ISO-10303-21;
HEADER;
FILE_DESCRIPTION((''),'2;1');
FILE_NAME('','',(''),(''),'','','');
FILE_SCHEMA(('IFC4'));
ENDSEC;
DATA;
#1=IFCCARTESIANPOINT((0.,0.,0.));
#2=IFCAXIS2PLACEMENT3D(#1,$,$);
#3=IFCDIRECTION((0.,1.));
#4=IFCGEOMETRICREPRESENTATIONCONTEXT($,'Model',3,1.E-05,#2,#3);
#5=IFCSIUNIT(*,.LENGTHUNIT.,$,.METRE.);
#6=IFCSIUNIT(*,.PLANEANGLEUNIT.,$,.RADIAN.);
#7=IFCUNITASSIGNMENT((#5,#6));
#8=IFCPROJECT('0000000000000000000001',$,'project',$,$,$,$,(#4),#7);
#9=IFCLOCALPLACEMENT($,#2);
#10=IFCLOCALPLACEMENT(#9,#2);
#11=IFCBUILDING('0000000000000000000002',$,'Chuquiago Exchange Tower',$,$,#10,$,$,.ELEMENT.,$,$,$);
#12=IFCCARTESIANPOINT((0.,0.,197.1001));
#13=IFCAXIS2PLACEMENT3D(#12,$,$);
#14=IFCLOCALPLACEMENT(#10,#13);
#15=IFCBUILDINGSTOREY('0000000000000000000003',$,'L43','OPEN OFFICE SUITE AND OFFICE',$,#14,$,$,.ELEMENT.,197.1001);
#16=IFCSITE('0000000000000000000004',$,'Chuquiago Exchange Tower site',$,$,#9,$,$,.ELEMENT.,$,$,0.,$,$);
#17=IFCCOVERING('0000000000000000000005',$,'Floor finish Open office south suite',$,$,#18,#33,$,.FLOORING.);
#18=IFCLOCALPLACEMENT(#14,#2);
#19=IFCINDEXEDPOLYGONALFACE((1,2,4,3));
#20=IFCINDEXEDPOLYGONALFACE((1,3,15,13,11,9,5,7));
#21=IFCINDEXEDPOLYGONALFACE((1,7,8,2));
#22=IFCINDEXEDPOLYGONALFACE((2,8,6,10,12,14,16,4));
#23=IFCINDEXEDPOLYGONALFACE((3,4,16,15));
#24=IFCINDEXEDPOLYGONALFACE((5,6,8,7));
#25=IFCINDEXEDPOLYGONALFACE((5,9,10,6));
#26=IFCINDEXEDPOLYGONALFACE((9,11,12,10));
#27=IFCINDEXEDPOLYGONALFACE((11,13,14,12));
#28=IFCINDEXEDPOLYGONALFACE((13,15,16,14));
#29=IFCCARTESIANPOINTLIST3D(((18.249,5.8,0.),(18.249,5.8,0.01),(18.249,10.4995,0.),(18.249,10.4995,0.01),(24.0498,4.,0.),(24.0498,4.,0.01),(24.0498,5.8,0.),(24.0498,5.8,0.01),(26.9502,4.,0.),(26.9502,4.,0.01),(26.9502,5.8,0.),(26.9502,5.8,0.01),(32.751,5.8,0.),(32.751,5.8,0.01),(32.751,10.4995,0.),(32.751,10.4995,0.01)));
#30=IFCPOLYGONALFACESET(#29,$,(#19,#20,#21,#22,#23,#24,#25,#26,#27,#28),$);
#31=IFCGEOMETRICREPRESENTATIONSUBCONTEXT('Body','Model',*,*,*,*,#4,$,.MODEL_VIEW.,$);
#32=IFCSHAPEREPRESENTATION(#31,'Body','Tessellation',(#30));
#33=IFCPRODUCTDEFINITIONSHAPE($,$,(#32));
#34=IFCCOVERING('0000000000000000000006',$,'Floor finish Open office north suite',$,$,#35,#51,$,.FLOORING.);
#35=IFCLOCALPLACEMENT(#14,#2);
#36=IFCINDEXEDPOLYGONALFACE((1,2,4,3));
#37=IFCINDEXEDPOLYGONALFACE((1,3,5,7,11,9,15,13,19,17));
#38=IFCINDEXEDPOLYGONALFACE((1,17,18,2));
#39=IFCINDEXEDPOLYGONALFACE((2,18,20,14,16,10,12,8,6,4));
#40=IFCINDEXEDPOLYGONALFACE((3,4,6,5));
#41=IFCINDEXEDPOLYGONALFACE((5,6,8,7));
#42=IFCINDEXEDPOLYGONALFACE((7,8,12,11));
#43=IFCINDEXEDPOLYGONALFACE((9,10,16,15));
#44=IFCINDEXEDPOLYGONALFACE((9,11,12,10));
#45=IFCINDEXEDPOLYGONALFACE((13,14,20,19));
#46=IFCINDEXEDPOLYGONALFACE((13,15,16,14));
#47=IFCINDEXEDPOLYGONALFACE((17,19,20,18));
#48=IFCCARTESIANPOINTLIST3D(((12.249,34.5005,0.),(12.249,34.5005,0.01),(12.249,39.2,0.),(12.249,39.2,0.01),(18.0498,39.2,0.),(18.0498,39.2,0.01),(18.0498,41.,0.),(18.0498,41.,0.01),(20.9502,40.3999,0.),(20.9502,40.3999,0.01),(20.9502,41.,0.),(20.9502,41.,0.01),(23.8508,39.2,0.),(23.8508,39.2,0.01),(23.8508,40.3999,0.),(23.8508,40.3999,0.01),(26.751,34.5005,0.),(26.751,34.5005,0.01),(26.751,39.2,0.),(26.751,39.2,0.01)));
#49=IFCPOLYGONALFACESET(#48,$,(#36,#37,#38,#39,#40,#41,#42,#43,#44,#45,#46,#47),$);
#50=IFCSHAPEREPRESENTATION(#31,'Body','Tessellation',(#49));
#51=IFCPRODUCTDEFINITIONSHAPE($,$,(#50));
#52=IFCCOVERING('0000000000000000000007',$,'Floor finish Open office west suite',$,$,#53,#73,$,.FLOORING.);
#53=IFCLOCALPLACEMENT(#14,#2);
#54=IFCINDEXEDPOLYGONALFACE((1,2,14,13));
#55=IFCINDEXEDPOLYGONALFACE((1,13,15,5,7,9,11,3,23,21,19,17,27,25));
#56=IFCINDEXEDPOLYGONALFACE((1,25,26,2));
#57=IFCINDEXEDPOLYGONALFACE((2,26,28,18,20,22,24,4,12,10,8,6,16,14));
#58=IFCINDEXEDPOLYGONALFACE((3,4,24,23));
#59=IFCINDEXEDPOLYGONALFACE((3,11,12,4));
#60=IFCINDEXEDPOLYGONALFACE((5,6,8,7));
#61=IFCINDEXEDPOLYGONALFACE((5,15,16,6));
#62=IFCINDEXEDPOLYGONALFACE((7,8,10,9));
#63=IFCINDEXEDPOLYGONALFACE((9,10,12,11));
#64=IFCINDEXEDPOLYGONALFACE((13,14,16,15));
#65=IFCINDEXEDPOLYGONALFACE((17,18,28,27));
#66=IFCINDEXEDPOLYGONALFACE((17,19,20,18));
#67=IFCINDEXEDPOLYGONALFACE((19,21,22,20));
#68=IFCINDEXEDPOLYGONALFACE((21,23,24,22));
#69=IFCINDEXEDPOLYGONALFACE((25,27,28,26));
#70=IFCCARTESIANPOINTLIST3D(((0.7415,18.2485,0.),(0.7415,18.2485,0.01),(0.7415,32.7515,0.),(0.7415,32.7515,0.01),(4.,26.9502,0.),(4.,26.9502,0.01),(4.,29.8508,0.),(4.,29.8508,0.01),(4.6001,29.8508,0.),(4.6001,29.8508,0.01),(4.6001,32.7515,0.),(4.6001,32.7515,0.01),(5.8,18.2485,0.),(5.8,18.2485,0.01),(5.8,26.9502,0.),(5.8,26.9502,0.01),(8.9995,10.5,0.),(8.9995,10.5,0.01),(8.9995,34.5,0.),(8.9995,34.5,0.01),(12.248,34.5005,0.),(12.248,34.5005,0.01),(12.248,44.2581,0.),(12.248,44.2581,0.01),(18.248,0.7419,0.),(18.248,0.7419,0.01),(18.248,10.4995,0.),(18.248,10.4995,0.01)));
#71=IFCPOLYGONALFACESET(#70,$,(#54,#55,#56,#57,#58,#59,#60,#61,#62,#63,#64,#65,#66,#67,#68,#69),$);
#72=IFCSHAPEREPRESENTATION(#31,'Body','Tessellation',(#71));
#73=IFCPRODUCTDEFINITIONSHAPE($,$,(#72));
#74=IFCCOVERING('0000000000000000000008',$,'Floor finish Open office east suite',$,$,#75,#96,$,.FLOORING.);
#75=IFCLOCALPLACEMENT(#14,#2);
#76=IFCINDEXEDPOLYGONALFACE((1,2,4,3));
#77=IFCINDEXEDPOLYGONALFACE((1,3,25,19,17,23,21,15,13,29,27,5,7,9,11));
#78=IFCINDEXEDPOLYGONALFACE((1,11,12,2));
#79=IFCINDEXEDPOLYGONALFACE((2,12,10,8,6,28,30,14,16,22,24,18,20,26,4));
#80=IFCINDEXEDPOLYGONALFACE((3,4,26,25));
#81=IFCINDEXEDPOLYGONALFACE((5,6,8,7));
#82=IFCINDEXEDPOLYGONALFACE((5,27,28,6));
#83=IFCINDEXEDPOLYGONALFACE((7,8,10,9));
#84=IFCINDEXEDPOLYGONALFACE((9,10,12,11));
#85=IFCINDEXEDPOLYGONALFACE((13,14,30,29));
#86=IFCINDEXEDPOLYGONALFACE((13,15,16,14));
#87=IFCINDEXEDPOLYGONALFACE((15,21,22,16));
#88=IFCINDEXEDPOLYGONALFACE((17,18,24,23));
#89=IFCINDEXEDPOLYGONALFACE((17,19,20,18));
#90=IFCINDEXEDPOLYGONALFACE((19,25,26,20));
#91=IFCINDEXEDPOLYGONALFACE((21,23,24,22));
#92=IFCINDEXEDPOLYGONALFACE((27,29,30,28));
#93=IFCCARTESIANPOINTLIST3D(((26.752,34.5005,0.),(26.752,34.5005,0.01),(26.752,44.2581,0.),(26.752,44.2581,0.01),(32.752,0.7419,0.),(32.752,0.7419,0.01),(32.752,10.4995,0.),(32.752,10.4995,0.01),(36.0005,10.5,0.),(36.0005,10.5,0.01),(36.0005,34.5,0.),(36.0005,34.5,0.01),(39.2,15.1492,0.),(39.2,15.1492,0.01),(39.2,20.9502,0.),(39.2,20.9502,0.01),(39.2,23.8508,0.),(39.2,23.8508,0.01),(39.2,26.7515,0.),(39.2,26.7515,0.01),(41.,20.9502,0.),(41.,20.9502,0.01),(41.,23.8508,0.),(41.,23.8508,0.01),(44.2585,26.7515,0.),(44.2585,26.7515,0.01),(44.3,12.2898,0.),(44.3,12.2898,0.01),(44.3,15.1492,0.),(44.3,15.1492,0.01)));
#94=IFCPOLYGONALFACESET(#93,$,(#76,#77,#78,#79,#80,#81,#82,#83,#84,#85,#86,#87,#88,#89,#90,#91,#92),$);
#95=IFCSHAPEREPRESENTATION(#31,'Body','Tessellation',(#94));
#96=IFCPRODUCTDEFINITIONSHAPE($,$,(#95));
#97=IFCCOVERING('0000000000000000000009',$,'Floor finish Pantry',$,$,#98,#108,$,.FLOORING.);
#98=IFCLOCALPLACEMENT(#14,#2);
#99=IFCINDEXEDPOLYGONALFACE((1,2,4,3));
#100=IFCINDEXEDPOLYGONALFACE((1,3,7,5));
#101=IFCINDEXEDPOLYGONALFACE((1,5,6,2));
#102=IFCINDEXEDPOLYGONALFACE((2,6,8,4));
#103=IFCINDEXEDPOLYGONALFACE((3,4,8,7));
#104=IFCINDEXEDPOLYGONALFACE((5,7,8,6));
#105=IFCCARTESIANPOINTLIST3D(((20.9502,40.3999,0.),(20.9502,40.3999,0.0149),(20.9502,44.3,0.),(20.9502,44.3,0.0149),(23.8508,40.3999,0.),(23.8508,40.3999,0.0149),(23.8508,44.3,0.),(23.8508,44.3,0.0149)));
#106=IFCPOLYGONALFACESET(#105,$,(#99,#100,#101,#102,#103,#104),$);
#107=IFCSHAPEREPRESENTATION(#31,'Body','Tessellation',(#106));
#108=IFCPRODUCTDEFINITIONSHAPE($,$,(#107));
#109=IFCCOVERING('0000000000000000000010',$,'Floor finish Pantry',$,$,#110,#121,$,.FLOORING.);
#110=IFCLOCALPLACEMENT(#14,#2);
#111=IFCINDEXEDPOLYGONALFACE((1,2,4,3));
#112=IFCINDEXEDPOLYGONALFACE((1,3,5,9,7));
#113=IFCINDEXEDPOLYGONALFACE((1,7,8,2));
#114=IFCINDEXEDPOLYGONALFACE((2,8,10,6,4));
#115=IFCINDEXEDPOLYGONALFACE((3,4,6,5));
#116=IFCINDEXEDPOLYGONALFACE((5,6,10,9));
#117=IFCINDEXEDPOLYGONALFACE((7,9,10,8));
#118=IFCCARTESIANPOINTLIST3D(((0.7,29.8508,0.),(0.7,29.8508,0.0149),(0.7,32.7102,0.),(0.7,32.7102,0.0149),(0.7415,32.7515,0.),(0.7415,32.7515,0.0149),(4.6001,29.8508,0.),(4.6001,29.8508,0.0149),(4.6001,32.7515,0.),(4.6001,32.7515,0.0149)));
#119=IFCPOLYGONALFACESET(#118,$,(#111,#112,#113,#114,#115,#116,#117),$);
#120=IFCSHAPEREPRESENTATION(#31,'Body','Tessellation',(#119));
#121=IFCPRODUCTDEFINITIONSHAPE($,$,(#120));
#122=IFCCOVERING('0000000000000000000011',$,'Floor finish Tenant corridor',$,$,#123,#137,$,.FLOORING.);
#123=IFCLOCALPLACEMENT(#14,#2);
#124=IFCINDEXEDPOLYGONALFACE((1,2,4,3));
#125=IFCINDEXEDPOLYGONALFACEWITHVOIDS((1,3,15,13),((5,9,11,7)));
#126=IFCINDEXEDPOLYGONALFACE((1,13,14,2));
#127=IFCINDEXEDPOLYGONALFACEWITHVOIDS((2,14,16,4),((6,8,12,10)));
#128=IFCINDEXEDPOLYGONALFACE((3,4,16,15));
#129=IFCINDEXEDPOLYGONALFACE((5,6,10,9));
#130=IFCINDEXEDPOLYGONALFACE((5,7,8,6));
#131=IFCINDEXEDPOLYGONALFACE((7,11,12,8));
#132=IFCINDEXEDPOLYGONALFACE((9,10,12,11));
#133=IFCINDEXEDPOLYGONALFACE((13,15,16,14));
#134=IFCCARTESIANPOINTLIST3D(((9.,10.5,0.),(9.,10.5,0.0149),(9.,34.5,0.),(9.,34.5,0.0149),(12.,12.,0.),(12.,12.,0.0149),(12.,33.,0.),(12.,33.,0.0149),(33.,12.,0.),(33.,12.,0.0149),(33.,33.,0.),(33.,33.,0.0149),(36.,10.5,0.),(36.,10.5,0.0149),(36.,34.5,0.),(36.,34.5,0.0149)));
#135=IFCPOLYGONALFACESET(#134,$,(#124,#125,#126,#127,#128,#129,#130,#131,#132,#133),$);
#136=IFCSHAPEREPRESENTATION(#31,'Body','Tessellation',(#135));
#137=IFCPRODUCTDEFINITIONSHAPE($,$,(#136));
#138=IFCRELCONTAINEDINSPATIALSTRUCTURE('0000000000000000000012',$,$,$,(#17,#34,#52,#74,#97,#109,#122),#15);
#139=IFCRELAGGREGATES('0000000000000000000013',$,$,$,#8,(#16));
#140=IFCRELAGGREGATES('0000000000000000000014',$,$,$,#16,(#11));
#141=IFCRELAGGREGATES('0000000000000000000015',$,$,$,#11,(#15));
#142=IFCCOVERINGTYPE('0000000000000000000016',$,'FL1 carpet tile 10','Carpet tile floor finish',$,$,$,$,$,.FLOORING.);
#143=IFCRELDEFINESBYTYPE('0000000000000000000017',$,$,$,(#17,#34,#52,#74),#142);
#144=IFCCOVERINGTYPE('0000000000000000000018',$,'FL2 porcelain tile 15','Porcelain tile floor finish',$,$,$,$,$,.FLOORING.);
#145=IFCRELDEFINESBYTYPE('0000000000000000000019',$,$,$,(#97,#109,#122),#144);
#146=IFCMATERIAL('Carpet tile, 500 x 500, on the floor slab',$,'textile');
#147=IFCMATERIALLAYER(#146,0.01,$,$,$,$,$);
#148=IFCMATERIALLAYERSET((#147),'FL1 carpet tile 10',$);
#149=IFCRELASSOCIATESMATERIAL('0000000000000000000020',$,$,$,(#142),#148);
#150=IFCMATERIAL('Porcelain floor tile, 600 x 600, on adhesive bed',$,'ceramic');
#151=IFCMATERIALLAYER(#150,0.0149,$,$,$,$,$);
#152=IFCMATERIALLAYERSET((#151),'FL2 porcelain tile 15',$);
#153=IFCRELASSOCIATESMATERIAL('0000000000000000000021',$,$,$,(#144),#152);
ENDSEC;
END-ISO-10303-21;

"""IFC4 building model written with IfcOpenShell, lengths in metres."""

from ifc_helpers import new_model, si_unit, direction, frame, origin, place, context, subcontext, project, spatial, polyline, outline, extrude, material, layer, layer_set, type_object, element, save


model = new_model("IFC4")

# Units and contexts
model_context = context("Model", 3, precision=1e-05, world=origin(), true_north=direction((0.0, 1.0)))
body_context = subcontext(model_context, "Body", "Model", "MODEL_VIEW")
ifc_project = project(units=[si_unit("LENGTHUNIT", "METRE"), si_unit("PLANEANGLEUNIT", "RADIAN")], contexts=[model_context])

# Site, building, storey
site_placement = place(None, origin())
site = spatial("IfcSite", under=ifc_project, at=site_placement, Name="Chuquiago Exchange Tower site", CompositionType="ELEMENT", RefElevation=0.0)
building_placement = place(site_placement, origin())
building = spatial("IfcBuilding", under=site, at=building_placement, Name="Chuquiago Exchange Tower", CompositionType="ELEMENT")
storey_placement = place(building_placement, frame((0.0, 0.0, 197.1001)))
storey = spatial("IfcBuildingStorey", under=building, at=storey_placement, Name="L43", Description="OPEN OFFICE SUITE AND OFFICE", CompositionType="ELEMENT", Elevation=197.1001)

# Coverings
ifc_material_1 = material(Name="Carpet tile, 500 x 500, on the floor slab", Category="textile")
ifc_layer_1 = layer(ifc_material_1, 0.01)
ifc_layer_set_1 = layer_set([ifc_layer_1], Name="FL1 carpet tile 10")
covering_type_1 = type_object("IfcCoveringType", Name="FL1 carpet tile 10", Description="Carpet tile floor finish", PredefinedType="FLOORING", material=ifc_layer_set_1)
covering_1_placement = place(storey_placement, origin())
element("IfcCovering", 1, at=covering_1_placement, inside=storey, type_object=covering_type_1, Name="Floor finish Open office south suite", PredefinedType="FLOORING", context=body_context, shape_type="SweptSolid", body=[
    extrude(outline(polyline([(32.751, 5.8), (26.9502, 5.8), (26.9502, 4.0), (24.0498, 4.0), (24.0498, 5.8), (18.249, 5.8), (18.249, 10.4995), (32.751, 10.4995), (32.751, 5.8)])), origin(), (0.0, 0.0, 1.0), 0.01),
])
covering_2_placement = place(storey_placement, origin())
element("IfcCovering", 2, at=covering_2_placement, inside=storey, type_object=covering_type_1, Name="Floor finish Open office north suite", PredefinedType="FLOORING", context=body_context, shape_type="SweptSolid", body=[
    extrude(outline(polyline([(12.249, 39.2), (18.0498, 39.2), (18.0498, 41.0), (20.9502, 41.0), (20.9502, 40.3999), (23.8508, 40.3999), (23.8508, 39.2), (26.751, 39.2), (26.751, 34.5005), (12.249, 34.5005), (12.249, 39.2)])), origin(), (0.0, 0.0, 1.0), 0.01),
])
covering_3_placement = place(storey_placement, origin())
element("IfcCovering", 3, at=covering_3_placement, inside=storey, type_object=covering_type_1, Name="Floor finish Open office west suite", PredefinedType="FLOORING", context=body_context, shape_type="SweptSolid", body=[
    extrude(outline(polyline([(0.7415, 18.2485), (5.8, 18.2485), (5.8, 26.9502), (4.0, 26.9502), (4.0, 29.8508), (4.6001, 29.8508), (4.6001, 32.7515), (0.7415, 32.7515), (12.248, 44.2581), (12.248, 34.5005), (8.9995, 34.5), (8.9995, 10.5), (18.248, 10.4995), (18.248, 0.7419), (0.7415, 18.2485)])), origin(), (0.0, 0.0, 1.0), 0.01),
])
covering_4_placement = place(storey_placement, origin())
element("IfcCovering", 4, at=covering_4_placement, inside=storey, type_object=covering_type_1, Name="Floor finish Open office east suite", PredefinedType="FLOORING", context=body_context, shape_type="SweptSolid", body=[
    extrude(outline(polyline([(44.2585, 26.7515), (39.2, 26.7515), (39.2, 23.8508), (41.0, 23.8508), (41.0, 20.9502), (39.2, 20.9502), (39.2, 15.1492), (44.3, 15.1492), (44.3, 12.2898), (32.752, 0.7419), (32.752, 10.4995), (36.0005, 10.5), (36.0005, 34.5), (26.752, 34.5005), (26.752, 44.2581), (44.2585, 26.7515)])), origin(), (0.0, 0.0, 1.0), 0.01),
])
ifc_material_2 = material(Name="Porcelain floor tile, 600 x 600, on adhesive bed", Category="ceramic")
ifc_layer_2 = layer(ifc_material_2, 0.0149)
ifc_layer_set_2 = layer_set([ifc_layer_2], Name="FL2 porcelain tile 15")
covering_type_2 = type_object("IfcCoveringType", Name="FL2 porcelain tile 15", Description="Porcelain tile floor finish", PredefinedType="FLOORING", material=ifc_layer_set_2)
covering_5_placement = place(storey_placement, origin())
element("IfcCovering", 5, at=covering_5_placement, inside=storey, type_object=covering_type_2, Name="Floor finish Pantry", PredefinedType="FLOORING", context=body_context, shape_type="SweptSolid", body=[
    extrude(outline(polyline([(23.8508, 44.3), (23.8508, 40.3999), (20.9502, 40.3999), (20.9502, 44.3), (23.8508, 44.3)])), origin(), (0.0, 0.0, 1.0), 0.0149),
])
covering_6_placement = place(storey_placement, origin())
element("IfcCovering", 6, at=covering_6_placement, inside=storey, type_object=covering_type_2, Name="Floor finish Pantry", PredefinedType="FLOORING", context=body_context, shape_type="SweptSolid", body=[
    extrude(outline(polyline([(0.7, 32.7102), (0.7415, 32.7515), (4.6001, 32.7515), (4.6001, 29.8508), (0.7, 29.8508), (0.7, 32.7102)])), origin(), (0.0, 0.0, 1.0), 0.0149),
])
covering_7_placement = place(storey_placement, origin())
element("IfcCovering", 7, at=covering_7_placement, inside=storey, type_object=covering_type_2, Name="Floor finish Tenant corridor", PredefinedType="FLOORING", context=body_context, shape_type="SweptSolid", body=[
    extrude(outline(polyline([(9.0, 10.5), (9.0, 34.5), (36.0, 34.5), (36.0, 10.5), (9.0, 10.5)]), holes=[polyline([(12.0, 33.0), (12.0, 12.0), (33.0, 12.0), (33.0, 33.0), (12.0, 33.0)])]), origin(), (0.0, 0.0, 1.0), 0.0149),
])

save(model, "model.ifc")
